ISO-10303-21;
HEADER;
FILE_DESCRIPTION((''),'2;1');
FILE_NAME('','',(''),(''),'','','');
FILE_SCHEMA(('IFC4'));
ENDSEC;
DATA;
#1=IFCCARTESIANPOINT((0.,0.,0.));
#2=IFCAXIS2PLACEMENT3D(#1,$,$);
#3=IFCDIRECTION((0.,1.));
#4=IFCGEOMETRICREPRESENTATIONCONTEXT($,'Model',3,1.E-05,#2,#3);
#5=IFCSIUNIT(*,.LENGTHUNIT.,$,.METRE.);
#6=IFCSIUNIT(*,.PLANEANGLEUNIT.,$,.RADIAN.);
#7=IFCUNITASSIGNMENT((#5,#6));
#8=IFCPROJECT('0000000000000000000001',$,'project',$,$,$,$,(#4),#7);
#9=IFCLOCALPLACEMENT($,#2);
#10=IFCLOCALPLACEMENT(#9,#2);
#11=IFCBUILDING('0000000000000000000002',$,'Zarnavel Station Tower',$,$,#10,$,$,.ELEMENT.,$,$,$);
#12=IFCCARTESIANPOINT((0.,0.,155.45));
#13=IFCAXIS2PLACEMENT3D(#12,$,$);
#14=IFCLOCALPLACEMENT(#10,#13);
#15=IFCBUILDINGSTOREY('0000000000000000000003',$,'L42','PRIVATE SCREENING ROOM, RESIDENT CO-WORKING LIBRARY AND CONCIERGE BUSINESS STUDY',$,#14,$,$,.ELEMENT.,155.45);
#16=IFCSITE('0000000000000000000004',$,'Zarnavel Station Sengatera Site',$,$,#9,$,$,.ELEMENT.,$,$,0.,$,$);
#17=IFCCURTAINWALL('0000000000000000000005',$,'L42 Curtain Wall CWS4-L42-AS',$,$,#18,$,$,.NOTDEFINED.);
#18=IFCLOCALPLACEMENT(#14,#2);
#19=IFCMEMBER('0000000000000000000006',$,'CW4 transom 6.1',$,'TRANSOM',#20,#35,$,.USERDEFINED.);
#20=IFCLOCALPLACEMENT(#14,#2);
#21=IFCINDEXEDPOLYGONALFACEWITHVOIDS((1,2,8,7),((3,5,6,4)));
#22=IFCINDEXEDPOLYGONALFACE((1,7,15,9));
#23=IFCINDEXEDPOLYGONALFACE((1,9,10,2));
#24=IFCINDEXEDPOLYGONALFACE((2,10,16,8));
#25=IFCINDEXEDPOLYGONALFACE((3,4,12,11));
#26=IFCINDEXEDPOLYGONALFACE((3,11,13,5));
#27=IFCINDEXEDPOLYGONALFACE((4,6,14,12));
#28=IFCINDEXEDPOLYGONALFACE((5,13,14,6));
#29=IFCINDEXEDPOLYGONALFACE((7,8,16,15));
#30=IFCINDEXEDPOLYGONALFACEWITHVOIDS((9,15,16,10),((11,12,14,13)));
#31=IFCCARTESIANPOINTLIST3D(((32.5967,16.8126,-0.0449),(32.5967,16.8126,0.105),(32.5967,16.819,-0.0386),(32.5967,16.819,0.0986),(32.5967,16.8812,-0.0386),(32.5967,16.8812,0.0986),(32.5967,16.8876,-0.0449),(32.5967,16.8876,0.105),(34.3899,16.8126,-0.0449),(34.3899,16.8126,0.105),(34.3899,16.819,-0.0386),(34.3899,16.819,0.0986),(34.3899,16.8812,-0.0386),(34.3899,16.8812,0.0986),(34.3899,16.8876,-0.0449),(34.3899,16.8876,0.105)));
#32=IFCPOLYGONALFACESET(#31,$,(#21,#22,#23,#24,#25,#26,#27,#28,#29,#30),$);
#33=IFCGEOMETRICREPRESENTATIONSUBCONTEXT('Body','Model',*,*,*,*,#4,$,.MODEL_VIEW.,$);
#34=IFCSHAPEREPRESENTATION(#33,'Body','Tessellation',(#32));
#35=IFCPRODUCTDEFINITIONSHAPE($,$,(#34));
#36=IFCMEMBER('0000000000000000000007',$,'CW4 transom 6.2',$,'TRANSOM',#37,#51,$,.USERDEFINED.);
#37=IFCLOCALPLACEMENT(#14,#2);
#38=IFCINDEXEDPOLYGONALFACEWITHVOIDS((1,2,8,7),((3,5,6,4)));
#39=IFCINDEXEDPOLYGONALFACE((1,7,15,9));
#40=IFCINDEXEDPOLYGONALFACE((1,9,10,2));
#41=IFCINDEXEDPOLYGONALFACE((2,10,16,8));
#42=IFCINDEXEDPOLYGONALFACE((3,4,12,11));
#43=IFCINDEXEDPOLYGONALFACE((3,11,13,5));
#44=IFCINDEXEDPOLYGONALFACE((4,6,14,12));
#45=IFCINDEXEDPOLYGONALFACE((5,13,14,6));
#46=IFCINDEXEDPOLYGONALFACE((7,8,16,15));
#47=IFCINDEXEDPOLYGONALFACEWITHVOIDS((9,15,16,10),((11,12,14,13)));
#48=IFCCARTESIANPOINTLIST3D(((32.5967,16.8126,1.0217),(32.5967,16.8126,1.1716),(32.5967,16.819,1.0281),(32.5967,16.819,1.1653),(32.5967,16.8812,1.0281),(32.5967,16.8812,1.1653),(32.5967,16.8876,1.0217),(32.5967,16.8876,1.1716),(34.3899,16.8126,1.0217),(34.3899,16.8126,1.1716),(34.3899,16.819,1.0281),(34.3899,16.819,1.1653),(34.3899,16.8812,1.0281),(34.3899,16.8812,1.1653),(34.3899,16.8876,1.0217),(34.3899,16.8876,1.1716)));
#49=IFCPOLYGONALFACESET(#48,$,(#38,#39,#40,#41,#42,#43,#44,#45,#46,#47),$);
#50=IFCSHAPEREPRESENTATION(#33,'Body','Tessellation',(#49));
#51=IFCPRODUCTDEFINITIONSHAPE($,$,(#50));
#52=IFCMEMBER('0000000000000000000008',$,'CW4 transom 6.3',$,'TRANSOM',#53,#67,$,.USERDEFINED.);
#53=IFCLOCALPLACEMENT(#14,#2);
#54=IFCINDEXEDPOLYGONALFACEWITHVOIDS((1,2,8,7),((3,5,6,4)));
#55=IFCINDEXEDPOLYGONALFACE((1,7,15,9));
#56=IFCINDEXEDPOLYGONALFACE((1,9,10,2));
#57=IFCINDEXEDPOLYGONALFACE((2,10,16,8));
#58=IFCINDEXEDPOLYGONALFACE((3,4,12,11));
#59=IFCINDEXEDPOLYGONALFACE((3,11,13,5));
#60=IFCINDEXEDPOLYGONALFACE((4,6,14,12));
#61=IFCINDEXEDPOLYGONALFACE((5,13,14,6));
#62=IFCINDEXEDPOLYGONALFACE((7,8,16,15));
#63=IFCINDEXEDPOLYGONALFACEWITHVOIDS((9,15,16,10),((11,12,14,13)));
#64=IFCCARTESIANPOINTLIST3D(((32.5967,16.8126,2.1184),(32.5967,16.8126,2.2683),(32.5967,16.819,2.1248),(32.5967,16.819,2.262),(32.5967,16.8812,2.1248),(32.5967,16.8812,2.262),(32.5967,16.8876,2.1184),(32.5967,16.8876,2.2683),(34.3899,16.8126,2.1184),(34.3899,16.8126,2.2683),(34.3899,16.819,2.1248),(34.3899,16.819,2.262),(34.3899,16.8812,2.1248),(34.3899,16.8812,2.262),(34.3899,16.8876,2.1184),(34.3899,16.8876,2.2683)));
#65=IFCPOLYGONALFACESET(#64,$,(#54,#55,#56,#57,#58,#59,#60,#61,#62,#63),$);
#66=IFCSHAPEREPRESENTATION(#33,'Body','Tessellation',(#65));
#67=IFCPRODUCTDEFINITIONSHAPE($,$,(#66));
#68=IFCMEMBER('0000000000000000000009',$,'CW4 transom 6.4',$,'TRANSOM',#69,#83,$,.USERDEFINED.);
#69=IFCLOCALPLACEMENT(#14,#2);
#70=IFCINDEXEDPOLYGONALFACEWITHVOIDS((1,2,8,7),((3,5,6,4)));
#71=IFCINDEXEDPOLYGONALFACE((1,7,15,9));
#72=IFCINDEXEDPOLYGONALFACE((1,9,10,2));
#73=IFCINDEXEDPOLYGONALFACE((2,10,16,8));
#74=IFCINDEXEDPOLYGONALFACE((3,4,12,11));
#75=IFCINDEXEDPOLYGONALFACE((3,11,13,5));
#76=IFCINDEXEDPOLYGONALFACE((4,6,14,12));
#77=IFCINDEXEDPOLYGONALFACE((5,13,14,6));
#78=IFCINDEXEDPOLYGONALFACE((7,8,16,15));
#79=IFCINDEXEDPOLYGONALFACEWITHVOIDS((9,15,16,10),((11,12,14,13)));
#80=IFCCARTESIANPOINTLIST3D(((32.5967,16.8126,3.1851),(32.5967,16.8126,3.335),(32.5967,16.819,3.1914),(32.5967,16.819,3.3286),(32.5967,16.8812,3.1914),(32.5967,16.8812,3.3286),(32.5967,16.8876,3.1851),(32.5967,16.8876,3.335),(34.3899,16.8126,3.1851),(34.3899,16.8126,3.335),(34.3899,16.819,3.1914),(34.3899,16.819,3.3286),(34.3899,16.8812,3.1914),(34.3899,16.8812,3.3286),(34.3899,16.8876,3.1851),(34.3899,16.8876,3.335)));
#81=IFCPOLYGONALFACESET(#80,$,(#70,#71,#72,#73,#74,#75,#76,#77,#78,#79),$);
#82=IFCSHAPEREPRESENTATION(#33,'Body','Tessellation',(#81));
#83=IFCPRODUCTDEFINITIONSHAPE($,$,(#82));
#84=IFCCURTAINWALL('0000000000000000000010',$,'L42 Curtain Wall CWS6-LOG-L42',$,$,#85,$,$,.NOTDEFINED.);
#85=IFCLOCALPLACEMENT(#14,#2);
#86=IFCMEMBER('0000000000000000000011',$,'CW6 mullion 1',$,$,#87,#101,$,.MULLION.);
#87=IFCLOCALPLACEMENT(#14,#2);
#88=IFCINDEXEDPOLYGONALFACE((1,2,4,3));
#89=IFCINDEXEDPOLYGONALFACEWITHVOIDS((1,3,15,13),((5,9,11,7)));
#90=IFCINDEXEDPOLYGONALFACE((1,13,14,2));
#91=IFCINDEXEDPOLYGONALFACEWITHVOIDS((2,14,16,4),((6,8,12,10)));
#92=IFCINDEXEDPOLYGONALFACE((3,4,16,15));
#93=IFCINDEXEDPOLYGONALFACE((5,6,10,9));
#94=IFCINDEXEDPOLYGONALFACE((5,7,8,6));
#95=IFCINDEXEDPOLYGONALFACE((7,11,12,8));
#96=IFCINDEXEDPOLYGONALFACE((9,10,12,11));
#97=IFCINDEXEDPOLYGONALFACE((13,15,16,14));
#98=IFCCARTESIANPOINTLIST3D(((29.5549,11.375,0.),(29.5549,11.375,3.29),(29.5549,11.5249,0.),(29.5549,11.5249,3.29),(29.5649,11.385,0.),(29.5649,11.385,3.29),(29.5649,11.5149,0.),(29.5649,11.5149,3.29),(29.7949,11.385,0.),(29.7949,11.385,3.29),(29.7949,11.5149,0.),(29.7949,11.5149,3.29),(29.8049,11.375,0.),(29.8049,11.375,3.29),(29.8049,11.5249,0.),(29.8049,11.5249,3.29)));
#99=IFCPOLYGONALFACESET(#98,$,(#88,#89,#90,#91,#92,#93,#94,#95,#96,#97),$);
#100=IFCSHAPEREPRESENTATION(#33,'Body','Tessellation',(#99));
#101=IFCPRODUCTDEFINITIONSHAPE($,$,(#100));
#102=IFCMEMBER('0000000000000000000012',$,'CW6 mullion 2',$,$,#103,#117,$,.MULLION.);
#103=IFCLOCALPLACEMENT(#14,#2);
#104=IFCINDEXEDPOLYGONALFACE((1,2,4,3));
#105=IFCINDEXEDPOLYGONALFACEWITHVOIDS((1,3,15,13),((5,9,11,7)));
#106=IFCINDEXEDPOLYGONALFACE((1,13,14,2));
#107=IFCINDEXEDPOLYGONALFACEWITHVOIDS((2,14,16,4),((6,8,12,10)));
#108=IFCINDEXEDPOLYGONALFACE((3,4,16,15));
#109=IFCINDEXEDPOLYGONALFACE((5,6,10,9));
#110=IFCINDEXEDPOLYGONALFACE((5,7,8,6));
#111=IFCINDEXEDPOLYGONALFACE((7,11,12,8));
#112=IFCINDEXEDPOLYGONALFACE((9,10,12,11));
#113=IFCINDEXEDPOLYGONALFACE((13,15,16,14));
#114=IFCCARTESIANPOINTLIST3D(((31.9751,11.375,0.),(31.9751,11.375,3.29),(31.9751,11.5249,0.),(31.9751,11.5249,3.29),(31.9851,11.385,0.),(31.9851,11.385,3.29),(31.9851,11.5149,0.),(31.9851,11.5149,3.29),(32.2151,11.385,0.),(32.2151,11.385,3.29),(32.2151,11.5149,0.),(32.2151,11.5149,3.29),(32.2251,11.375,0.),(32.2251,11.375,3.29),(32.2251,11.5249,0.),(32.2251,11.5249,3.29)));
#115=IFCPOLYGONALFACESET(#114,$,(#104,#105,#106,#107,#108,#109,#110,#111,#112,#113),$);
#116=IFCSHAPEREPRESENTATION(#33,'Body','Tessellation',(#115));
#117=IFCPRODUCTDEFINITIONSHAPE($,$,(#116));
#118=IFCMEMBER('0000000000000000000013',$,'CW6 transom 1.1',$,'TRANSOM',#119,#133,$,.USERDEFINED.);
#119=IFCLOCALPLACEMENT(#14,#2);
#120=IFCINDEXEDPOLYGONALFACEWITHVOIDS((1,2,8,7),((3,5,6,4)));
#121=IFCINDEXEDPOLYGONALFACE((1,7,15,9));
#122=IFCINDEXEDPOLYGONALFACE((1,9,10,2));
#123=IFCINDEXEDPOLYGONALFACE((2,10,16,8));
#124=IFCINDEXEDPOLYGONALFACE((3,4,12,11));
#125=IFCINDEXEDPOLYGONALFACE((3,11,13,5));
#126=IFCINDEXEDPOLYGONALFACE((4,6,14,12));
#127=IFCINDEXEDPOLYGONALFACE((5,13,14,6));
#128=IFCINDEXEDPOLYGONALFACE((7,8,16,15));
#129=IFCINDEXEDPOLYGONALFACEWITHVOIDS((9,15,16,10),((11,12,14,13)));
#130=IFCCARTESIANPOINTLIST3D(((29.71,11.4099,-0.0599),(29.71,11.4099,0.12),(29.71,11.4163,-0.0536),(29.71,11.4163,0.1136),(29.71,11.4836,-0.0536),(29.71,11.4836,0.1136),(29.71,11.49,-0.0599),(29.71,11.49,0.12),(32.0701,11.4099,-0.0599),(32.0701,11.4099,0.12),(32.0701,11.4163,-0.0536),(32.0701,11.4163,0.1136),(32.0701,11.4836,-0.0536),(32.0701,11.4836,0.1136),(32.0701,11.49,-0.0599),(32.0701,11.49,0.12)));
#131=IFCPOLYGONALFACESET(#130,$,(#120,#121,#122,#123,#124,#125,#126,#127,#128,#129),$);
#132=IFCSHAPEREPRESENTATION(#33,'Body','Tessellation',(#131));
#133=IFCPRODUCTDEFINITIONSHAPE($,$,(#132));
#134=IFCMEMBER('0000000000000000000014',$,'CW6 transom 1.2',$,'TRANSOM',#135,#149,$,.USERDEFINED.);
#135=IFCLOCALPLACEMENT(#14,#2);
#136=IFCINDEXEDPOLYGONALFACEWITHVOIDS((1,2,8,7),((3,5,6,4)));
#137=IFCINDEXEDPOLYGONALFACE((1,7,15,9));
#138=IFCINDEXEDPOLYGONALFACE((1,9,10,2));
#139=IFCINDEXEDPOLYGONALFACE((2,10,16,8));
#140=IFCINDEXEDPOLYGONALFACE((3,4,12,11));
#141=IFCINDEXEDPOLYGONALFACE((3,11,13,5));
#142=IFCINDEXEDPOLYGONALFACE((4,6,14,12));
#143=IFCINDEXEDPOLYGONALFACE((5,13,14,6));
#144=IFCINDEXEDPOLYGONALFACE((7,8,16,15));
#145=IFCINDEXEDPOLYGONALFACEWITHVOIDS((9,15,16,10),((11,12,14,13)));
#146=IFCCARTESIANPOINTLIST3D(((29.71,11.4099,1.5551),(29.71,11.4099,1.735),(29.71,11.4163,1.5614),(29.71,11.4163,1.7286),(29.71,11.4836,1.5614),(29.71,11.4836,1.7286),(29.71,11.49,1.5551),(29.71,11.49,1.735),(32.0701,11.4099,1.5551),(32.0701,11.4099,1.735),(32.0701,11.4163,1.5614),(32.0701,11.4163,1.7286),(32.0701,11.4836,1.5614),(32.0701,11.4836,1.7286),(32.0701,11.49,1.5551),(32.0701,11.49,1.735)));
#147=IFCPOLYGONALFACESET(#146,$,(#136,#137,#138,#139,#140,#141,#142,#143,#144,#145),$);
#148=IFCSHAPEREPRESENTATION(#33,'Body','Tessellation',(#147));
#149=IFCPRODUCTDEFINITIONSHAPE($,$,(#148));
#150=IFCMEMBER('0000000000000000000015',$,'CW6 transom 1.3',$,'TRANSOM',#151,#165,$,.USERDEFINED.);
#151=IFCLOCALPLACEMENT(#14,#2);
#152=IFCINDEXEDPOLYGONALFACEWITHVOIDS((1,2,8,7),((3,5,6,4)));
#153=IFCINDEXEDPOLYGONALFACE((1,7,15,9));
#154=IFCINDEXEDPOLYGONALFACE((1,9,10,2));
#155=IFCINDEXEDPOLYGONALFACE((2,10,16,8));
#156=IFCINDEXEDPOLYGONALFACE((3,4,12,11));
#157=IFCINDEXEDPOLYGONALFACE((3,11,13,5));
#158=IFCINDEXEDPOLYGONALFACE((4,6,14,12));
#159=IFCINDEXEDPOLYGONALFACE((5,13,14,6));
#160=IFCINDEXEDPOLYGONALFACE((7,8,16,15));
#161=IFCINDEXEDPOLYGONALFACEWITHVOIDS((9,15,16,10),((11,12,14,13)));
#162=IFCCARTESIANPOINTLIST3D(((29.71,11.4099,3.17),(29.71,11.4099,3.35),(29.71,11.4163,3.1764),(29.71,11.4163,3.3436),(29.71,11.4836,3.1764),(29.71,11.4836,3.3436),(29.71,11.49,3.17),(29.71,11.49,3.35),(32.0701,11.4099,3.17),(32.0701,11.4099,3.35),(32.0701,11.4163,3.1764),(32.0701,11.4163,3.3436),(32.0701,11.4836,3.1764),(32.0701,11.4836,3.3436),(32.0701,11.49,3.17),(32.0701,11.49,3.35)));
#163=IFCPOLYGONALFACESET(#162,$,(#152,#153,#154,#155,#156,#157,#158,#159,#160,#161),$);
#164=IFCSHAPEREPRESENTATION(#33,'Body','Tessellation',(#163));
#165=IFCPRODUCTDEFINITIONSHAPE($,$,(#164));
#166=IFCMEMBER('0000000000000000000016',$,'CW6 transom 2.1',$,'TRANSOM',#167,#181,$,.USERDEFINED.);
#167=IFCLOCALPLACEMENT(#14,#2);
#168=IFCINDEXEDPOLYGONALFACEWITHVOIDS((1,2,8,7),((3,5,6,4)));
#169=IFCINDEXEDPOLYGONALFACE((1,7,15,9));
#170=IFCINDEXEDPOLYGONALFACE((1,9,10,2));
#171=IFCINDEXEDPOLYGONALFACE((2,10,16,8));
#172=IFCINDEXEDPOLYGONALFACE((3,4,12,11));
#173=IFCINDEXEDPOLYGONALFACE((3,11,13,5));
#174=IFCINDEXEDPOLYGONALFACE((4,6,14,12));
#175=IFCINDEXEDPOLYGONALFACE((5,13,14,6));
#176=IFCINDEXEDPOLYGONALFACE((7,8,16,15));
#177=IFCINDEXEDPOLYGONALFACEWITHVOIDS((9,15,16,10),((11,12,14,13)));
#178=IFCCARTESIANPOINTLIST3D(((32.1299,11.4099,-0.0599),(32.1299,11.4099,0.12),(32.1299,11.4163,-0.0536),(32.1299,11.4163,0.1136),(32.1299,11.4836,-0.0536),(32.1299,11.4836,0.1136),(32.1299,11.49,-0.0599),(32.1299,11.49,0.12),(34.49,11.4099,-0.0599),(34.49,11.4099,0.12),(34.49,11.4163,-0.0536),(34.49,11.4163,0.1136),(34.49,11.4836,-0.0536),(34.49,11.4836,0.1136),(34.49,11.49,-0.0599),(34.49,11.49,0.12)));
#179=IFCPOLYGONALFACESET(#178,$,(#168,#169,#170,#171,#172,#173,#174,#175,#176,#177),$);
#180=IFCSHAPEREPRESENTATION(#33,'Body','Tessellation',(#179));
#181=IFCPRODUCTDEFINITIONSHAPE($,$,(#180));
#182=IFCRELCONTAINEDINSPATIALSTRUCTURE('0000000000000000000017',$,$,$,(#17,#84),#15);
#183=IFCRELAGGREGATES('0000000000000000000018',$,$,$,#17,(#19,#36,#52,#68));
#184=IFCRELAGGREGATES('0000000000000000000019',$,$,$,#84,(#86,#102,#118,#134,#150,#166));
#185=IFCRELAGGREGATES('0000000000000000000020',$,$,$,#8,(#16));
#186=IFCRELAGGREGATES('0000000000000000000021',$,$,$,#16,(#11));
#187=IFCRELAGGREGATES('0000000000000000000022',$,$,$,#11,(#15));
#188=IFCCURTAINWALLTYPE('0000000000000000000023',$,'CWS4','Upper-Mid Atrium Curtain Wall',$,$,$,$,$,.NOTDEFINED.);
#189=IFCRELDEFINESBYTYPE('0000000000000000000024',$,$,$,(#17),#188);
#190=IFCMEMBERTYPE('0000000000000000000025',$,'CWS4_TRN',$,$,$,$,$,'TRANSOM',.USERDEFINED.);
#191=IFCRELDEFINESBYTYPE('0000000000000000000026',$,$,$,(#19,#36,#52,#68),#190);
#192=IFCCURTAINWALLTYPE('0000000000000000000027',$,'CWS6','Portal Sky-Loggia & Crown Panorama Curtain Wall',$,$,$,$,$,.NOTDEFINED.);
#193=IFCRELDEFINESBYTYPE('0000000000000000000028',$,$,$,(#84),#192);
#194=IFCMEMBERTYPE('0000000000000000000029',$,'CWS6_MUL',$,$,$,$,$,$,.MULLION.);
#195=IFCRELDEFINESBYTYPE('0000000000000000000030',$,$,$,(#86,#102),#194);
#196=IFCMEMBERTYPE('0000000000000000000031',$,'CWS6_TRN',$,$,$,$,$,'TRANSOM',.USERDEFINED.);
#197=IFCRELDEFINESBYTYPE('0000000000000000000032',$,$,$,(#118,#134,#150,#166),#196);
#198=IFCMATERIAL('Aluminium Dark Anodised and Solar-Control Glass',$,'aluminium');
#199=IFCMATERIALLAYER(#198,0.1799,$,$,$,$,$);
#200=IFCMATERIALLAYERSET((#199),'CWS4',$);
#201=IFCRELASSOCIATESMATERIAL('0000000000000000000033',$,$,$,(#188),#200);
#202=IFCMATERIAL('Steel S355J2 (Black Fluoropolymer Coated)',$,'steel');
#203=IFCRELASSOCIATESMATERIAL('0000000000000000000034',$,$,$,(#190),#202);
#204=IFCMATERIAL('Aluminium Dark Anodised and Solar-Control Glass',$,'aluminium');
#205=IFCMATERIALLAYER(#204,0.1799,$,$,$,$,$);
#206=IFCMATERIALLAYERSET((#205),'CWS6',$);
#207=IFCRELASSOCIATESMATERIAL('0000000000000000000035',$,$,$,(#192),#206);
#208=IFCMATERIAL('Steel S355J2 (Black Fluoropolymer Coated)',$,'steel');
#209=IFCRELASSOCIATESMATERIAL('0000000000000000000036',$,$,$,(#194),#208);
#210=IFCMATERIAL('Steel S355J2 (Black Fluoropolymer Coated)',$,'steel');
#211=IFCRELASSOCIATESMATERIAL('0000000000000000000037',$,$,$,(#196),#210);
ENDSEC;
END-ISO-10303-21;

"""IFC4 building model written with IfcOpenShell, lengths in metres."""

from ifc_helpers import new_model, si_unit, direction, frame, origin, origin_2d, place, context, subcontext, project, spatial, hollow_rectangle, extrude, material, layer, layer_set, material_profile, profile_set, type_object, element, aggregate, save


model = new_model("IFC4")

# Units and contexts
model_context = context("Model", 3, precision=1e-05, world=origin(), true_north=direction((0.0, 1.0)))
body_context = subcontext(model_context, "Body", "Model", "MODEL_VIEW")
ifc_project = project(units=[si_unit("LENGTHUNIT", "METRE"), si_unit("PLANEANGLEUNIT", "RADIAN")], contexts=[model_context])

# Site, building, storey
site_placement = place(None, origin())
site = spatial("IfcSite", under=ifc_project, at=site_placement, Name="Zarnavel Station Sengatera Site", CompositionType="ELEMENT", RefElevation=0.0)
building_placement = place(site_placement, origin())
building = spatial("IfcBuilding", under=site, at=building_placement, Name="Zarnavel Station Tower", CompositionType="ELEMENT")
storey_placement = place(building_placement, frame((0.0, 0.0, 155.45)))
storey = spatial("IfcBuildingStorey", under=building, at=storey_placement, Name="L42", Description="PRIVATE SCREENING ROOM, RESIDENT CO-WORKING LIBRARY AND CONCIERGE BUSINESS STUDY", CompositionType="ELEMENT", Elevation=155.45)

# Curtain walls, members
ifc_material_1 = material(Name="Aluminium Dark Anodised and Solar-Control Glass", Category="aluminium")
ifc_layer_1 = layer(ifc_material_1, 0.1799)
ifc_layer_set_1 = layer_set([ifc_layer_1], Name="CWS4")
curtain_wall_type_1 = type_object("IfcCurtainWallType", Name="CWS4", Description="Upper-Mid Atrium Curtain Wall", PredefinedType="NOTDEFINED", material=ifc_layer_set_1)
curtain_wall_1_placement = place(storey_placement, origin())
curtain_wall_1 = element("IfcCurtainWall", 1, at=curtain_wall_1_placement, inside=storey, type_object=curtain_wall_type_1, Name="L42 Curtain Wall CWS4-L42-AS", PredefinedType="NOTDEFINED")
ifc_material_2 = material(Name="Steel S355J2 (Black Fluoropolymer Coated)", Category="steel")
ifc_material_profile_1 = material_profile(ifc_material_2, hollow_rectangle(XDim=0.075, YDim=0.1499, WallThickness=0.0063, at=origin_2d()), Name="RHS150x75x6.3")
ifc_profile_set_1 = profile_set([ifc_material_profile_1], Name="Steel S355J2 (Black Fluoropolymer Coated)")
member_type_1 = type_object("IfcMemberType", Name="CWS4_TRN", ElementType="TRANSOM", PredefinedType="USERDEFINED", material=ifc_profile_set_1)
member_1_placement = place(storey_placement, frame((32.5967, 16.8501, 0.03), z_axis=(1.0, 0.0, 0.0), x_axis=(0.0, 1.0, 0.0)))
member_1 = element("IfcMember", 2, at=member_1_placement, type_object=member_type_1, Name="CW4 transom 6.1", ObjectType="TRANSOM", PredefinedType="USERDEFINED", context=body_context, shape_type="SweptSolid", body=[
    extrude(hollow_rectangle(XDim=0.075, YDim=0.1499, WallThickness=0.0063, at=origin_2d()), origin(), (0.0, 0.0, 1.0), 1.7932),
])
member_2_placement = place(storey_placement, frame((32.5967, 16.8501, 1.0967), z_axis=(1.0, 0.0, 0.0), x_axis=(0.0, 1.0, 0.0)))
member_2 = element("IfcMember", 3, at=member_2_placement, type_object=member_type_1, Name="CW4 transom 6.2", ObjectType="TRANSOM", PredefinedType="USERDEFINED", context=body_context, shape_type="SweptSolid", body=[
    extrude(hollow_rectangle(XDim=0.075, YDim=0.1499, WallThickness=0.0063, at=origin_2d()), origin(), (0.0, 0.0, 1.0), 1.7932),
])
member_3_placement = place(storey_placement, frame((32.5967, 16.8501, 2.1934), z_axis=(1.0, 0.0, 0.0), x_axis=(0.0, 1.0, 0.0)))
member_3 = element("IfcMember", 4, at=member_3_placement, type_object=member_type_1, Name="CW4 transom 6.3", ObjectType="TRANSOM", PredefinedType="USERDEFINED", context=body_context, shape_type="SweptSolid", body=[
    extrude(hollow_rectangle(XDim=0.075, YDim=0.1499, WallThickness=0.0063, at=origin_2d()), origin(), (0.0, 0.0, 1.0), 1.7932),
])
member_4_placement = place(storey_placement, frame((32.5967, 16.8501, 3.26), z_axis=(1.0, 0.0, 0.0), x_axis=(0.0, 1.0, 0.0)))
member_4 = element("IfcMember", 5, at=member_4_placement, type_object=member_type_1, Name="CW4 transom 6.4", ObjectType="TRANSOM", PredefinedType="USERDEFINED", context=body_context, shape_type="SweptSolid", body=[
    extrude(hollow_rectangle(XDim=0.075, YDim=0.1499, WallThickness=0.0063, at=origin_2d()), origin(), (0.0, 0.0, 1.0), 1.7932),
])
ifc_material_3 = material(Name="Aluminium Dark Anodised and Solar-Control Glass", Category="aluminium")
ifc_layer_2 = layer(ifc_material_3, 0.1799)
ifc_layer_set_2 = layer_set([ifc_layer_2], Name="CWS6")
curtain_wall_type_2 = type_object("IfcCurtainWallType", Name="CWS6", Description="Portal Sky-Loggia & Crown Panorama Curtain Wall", PredefinedType="NOTDEFINED", material=ifc_layer_set_2)
curtain_wall_2_placement = place(storey_placement, origin())
curtain_wall_2 = element("IfcCurtainWall", 6, at=curtain_wall_2_placement, inside=storey, type_object=curtain_wall_type_2, Name="L42 Curtain Wall CWS6-LOG-L42", PredefinedType="NOTDEFINED")
ifc_material_4 = material(Name="Steel S355J2 (Black Fluoropolymer Coated)", Category="steel")
ifc_material_profile_2 = material_profile(ifc_material_4, hollow_rectangle(XDim=0.1499, YDim=0.25, WallThickness=0.01, at=origin_2d()), Name="RHS250x150x10")
ifc_profile_set_2 = profile_set([ifc_material_profile_2], Name="Steel S355J2 (Black Fluoropolymer Coated)")
member_type_2 = type_object("IfcMemberType", Name="CWS6_MUL", PredefinedType="MULLION", material=ifc_profile_set_2)
member_5_placement = place(storey_placement, frame((29.6799, 11.45, 0.0), z_axis=(0.0, 0.0, 1.0), x_axis=(0.0, 1.0, 0.0)))
member_5 = element("IfcMember", 7, at=member_5_placement, type_object=member_type_2, Name="CW6 mullion 1", PredefinedType="MULLION", context=body_context, shape_type="SweptSolid", body=[
    extrude(hollow_rectangle(XDim=0.1499, YDim=0.25, WallThickness=0.01, at=origin_2d()), origin(), (0.0, 0.0, 1.0), 3.29),
])
member_6_placement = place(storey_placement, frame((32.1001, 11.45, 0.0), z_axis=(0.0, 0.0, 1.0), x_axis=(0.0, 1.0, 0.0)))
member_6 = element("IfcMember", 8, at=member_6_placement, type_object=member_type_2, Name="CW6 mullion 2", PredefinedType="MULLION", context=body_context, shape_type="SweptSolid", body=[
    extrude(hollow_rectangle(XDim=0.1499, YDim=0.25, WallThickness=0.01, at=origin_2d()), origin(), (0.0, 0.0, 1.0), 3.29),
])
ifc_material_5 = material(Name="Steel S355J2 (Black Fluoropolymer Coated)", Category="steel")
ifc_material_profile_3 = material_profile(ifc_material_5, hollow_rectangle(XDim=0.0801, YDim=0.1799, WallThickness=0.0063, at=origin_2d()), Name="RHS180x80x6.3")
ifc_profile_set_3 = profile_set([ifc_material_profile_3], Name="Steel S355J2 (Black Fluoropolymer Coated)")
member_type_3 = type_object("IfcMemberType", Name="CWS6_TRN", ElementType="TRANSOM", PredefinedType="USERDEFINED", material=ifc_profile_set_3)
member_7_placement = place(storey_placement, frame((29.71, 11.45, 0.03), z_axis=(1.0, 0.0, 0.0), x_axis=(0.0, 1.0, 0.0)))
member_7 = element("IfcMember", 9, at=member_7_placement, type_object=member_type_3, Name="CW6 transom 1.1", ObjectType="TRANSOM", PredefinedType="USERDEFINED", context=body_context, shape_type="SweptSolid", body=[
    extrude(hollow_rectangle(XDim=0.0801, YDim=0.1799, WallThickness=0.0063, at=origin_2d()), origin(), (0.0, 0.0, 1.0), 2.3601),
])
member_8_placement = place(storey_placement, frame((29.71, 11.45, 1.645), z_axis=(1.0, 0.0, 0.0), x_axis=(0.0, 1.0, 0.0)))
member_8 = element("IfcMember", 10, at=member_8_placement, type_object=member_type_3, Name="CW6 transom 1.2", ObjectType="TRANSOM", PredefinedType="USERDEFINED", context=body_context, shape_type="SweptSolid", body=[
    extrude(hollow_rectangle(XDim=0.0801, YDim=0.1799, WallThickness=0.0063, at=origin_2d()), origin(), (0.0, 0.0, 1.0), 2.3601),
])
member_9_placement = place(storey_placement, frame((29.71, 11.45, 3.26), z_axis=(1.0, 0.0, 0.0), x_axis=(0.0, 1.0, 0.0)))
member_9 = element("IfcMember", 11, at=member_9_placement, type_object=member_type_3, Name="CW6 transom 1.3", ObjectType="TRANSOM", PredefinedType="USERDEFINED", context=body_context, shape_type="SweptSolid", body=[
    extrude(hollow_rectangle(XDim=0.0801, YDim=0.1799, WallThickness=0.0063, at=origin_2d()), origin(), (0.0, 0.0, 1.0), 2.3601),
])
member_10_placement = place(storey_placement, frame((32.1299, 11.45, 0.03), z_axis=(1.0, 0.0, 0.0), x_axis=(0.0, 1.0, 0.0)))
member_10 = element("IfcMember", 12, at=member_10_placement, type_object=member_type_3, Name="CW6 transom 2.1", ObjectType="TRANSOM", PredefinedType="USERDEFINED", context=body_context, shape_type="SweptSolid", body=[
    extrude(hollow_rectangle(XDim=0.0801, YDim=0.1799, WallThickness=0.0063, at=origin_2d()), origin(), (0.0, 0.0, 1.0), 2.3601),
])

aggregate(curtain_wall_1, [member_1, member_2, member_3, member_4])
aggregate(curtain_wall_2, [member_5, member_6, member_7, member_8, member_9, member_10])

save(model, "model.ifc")
